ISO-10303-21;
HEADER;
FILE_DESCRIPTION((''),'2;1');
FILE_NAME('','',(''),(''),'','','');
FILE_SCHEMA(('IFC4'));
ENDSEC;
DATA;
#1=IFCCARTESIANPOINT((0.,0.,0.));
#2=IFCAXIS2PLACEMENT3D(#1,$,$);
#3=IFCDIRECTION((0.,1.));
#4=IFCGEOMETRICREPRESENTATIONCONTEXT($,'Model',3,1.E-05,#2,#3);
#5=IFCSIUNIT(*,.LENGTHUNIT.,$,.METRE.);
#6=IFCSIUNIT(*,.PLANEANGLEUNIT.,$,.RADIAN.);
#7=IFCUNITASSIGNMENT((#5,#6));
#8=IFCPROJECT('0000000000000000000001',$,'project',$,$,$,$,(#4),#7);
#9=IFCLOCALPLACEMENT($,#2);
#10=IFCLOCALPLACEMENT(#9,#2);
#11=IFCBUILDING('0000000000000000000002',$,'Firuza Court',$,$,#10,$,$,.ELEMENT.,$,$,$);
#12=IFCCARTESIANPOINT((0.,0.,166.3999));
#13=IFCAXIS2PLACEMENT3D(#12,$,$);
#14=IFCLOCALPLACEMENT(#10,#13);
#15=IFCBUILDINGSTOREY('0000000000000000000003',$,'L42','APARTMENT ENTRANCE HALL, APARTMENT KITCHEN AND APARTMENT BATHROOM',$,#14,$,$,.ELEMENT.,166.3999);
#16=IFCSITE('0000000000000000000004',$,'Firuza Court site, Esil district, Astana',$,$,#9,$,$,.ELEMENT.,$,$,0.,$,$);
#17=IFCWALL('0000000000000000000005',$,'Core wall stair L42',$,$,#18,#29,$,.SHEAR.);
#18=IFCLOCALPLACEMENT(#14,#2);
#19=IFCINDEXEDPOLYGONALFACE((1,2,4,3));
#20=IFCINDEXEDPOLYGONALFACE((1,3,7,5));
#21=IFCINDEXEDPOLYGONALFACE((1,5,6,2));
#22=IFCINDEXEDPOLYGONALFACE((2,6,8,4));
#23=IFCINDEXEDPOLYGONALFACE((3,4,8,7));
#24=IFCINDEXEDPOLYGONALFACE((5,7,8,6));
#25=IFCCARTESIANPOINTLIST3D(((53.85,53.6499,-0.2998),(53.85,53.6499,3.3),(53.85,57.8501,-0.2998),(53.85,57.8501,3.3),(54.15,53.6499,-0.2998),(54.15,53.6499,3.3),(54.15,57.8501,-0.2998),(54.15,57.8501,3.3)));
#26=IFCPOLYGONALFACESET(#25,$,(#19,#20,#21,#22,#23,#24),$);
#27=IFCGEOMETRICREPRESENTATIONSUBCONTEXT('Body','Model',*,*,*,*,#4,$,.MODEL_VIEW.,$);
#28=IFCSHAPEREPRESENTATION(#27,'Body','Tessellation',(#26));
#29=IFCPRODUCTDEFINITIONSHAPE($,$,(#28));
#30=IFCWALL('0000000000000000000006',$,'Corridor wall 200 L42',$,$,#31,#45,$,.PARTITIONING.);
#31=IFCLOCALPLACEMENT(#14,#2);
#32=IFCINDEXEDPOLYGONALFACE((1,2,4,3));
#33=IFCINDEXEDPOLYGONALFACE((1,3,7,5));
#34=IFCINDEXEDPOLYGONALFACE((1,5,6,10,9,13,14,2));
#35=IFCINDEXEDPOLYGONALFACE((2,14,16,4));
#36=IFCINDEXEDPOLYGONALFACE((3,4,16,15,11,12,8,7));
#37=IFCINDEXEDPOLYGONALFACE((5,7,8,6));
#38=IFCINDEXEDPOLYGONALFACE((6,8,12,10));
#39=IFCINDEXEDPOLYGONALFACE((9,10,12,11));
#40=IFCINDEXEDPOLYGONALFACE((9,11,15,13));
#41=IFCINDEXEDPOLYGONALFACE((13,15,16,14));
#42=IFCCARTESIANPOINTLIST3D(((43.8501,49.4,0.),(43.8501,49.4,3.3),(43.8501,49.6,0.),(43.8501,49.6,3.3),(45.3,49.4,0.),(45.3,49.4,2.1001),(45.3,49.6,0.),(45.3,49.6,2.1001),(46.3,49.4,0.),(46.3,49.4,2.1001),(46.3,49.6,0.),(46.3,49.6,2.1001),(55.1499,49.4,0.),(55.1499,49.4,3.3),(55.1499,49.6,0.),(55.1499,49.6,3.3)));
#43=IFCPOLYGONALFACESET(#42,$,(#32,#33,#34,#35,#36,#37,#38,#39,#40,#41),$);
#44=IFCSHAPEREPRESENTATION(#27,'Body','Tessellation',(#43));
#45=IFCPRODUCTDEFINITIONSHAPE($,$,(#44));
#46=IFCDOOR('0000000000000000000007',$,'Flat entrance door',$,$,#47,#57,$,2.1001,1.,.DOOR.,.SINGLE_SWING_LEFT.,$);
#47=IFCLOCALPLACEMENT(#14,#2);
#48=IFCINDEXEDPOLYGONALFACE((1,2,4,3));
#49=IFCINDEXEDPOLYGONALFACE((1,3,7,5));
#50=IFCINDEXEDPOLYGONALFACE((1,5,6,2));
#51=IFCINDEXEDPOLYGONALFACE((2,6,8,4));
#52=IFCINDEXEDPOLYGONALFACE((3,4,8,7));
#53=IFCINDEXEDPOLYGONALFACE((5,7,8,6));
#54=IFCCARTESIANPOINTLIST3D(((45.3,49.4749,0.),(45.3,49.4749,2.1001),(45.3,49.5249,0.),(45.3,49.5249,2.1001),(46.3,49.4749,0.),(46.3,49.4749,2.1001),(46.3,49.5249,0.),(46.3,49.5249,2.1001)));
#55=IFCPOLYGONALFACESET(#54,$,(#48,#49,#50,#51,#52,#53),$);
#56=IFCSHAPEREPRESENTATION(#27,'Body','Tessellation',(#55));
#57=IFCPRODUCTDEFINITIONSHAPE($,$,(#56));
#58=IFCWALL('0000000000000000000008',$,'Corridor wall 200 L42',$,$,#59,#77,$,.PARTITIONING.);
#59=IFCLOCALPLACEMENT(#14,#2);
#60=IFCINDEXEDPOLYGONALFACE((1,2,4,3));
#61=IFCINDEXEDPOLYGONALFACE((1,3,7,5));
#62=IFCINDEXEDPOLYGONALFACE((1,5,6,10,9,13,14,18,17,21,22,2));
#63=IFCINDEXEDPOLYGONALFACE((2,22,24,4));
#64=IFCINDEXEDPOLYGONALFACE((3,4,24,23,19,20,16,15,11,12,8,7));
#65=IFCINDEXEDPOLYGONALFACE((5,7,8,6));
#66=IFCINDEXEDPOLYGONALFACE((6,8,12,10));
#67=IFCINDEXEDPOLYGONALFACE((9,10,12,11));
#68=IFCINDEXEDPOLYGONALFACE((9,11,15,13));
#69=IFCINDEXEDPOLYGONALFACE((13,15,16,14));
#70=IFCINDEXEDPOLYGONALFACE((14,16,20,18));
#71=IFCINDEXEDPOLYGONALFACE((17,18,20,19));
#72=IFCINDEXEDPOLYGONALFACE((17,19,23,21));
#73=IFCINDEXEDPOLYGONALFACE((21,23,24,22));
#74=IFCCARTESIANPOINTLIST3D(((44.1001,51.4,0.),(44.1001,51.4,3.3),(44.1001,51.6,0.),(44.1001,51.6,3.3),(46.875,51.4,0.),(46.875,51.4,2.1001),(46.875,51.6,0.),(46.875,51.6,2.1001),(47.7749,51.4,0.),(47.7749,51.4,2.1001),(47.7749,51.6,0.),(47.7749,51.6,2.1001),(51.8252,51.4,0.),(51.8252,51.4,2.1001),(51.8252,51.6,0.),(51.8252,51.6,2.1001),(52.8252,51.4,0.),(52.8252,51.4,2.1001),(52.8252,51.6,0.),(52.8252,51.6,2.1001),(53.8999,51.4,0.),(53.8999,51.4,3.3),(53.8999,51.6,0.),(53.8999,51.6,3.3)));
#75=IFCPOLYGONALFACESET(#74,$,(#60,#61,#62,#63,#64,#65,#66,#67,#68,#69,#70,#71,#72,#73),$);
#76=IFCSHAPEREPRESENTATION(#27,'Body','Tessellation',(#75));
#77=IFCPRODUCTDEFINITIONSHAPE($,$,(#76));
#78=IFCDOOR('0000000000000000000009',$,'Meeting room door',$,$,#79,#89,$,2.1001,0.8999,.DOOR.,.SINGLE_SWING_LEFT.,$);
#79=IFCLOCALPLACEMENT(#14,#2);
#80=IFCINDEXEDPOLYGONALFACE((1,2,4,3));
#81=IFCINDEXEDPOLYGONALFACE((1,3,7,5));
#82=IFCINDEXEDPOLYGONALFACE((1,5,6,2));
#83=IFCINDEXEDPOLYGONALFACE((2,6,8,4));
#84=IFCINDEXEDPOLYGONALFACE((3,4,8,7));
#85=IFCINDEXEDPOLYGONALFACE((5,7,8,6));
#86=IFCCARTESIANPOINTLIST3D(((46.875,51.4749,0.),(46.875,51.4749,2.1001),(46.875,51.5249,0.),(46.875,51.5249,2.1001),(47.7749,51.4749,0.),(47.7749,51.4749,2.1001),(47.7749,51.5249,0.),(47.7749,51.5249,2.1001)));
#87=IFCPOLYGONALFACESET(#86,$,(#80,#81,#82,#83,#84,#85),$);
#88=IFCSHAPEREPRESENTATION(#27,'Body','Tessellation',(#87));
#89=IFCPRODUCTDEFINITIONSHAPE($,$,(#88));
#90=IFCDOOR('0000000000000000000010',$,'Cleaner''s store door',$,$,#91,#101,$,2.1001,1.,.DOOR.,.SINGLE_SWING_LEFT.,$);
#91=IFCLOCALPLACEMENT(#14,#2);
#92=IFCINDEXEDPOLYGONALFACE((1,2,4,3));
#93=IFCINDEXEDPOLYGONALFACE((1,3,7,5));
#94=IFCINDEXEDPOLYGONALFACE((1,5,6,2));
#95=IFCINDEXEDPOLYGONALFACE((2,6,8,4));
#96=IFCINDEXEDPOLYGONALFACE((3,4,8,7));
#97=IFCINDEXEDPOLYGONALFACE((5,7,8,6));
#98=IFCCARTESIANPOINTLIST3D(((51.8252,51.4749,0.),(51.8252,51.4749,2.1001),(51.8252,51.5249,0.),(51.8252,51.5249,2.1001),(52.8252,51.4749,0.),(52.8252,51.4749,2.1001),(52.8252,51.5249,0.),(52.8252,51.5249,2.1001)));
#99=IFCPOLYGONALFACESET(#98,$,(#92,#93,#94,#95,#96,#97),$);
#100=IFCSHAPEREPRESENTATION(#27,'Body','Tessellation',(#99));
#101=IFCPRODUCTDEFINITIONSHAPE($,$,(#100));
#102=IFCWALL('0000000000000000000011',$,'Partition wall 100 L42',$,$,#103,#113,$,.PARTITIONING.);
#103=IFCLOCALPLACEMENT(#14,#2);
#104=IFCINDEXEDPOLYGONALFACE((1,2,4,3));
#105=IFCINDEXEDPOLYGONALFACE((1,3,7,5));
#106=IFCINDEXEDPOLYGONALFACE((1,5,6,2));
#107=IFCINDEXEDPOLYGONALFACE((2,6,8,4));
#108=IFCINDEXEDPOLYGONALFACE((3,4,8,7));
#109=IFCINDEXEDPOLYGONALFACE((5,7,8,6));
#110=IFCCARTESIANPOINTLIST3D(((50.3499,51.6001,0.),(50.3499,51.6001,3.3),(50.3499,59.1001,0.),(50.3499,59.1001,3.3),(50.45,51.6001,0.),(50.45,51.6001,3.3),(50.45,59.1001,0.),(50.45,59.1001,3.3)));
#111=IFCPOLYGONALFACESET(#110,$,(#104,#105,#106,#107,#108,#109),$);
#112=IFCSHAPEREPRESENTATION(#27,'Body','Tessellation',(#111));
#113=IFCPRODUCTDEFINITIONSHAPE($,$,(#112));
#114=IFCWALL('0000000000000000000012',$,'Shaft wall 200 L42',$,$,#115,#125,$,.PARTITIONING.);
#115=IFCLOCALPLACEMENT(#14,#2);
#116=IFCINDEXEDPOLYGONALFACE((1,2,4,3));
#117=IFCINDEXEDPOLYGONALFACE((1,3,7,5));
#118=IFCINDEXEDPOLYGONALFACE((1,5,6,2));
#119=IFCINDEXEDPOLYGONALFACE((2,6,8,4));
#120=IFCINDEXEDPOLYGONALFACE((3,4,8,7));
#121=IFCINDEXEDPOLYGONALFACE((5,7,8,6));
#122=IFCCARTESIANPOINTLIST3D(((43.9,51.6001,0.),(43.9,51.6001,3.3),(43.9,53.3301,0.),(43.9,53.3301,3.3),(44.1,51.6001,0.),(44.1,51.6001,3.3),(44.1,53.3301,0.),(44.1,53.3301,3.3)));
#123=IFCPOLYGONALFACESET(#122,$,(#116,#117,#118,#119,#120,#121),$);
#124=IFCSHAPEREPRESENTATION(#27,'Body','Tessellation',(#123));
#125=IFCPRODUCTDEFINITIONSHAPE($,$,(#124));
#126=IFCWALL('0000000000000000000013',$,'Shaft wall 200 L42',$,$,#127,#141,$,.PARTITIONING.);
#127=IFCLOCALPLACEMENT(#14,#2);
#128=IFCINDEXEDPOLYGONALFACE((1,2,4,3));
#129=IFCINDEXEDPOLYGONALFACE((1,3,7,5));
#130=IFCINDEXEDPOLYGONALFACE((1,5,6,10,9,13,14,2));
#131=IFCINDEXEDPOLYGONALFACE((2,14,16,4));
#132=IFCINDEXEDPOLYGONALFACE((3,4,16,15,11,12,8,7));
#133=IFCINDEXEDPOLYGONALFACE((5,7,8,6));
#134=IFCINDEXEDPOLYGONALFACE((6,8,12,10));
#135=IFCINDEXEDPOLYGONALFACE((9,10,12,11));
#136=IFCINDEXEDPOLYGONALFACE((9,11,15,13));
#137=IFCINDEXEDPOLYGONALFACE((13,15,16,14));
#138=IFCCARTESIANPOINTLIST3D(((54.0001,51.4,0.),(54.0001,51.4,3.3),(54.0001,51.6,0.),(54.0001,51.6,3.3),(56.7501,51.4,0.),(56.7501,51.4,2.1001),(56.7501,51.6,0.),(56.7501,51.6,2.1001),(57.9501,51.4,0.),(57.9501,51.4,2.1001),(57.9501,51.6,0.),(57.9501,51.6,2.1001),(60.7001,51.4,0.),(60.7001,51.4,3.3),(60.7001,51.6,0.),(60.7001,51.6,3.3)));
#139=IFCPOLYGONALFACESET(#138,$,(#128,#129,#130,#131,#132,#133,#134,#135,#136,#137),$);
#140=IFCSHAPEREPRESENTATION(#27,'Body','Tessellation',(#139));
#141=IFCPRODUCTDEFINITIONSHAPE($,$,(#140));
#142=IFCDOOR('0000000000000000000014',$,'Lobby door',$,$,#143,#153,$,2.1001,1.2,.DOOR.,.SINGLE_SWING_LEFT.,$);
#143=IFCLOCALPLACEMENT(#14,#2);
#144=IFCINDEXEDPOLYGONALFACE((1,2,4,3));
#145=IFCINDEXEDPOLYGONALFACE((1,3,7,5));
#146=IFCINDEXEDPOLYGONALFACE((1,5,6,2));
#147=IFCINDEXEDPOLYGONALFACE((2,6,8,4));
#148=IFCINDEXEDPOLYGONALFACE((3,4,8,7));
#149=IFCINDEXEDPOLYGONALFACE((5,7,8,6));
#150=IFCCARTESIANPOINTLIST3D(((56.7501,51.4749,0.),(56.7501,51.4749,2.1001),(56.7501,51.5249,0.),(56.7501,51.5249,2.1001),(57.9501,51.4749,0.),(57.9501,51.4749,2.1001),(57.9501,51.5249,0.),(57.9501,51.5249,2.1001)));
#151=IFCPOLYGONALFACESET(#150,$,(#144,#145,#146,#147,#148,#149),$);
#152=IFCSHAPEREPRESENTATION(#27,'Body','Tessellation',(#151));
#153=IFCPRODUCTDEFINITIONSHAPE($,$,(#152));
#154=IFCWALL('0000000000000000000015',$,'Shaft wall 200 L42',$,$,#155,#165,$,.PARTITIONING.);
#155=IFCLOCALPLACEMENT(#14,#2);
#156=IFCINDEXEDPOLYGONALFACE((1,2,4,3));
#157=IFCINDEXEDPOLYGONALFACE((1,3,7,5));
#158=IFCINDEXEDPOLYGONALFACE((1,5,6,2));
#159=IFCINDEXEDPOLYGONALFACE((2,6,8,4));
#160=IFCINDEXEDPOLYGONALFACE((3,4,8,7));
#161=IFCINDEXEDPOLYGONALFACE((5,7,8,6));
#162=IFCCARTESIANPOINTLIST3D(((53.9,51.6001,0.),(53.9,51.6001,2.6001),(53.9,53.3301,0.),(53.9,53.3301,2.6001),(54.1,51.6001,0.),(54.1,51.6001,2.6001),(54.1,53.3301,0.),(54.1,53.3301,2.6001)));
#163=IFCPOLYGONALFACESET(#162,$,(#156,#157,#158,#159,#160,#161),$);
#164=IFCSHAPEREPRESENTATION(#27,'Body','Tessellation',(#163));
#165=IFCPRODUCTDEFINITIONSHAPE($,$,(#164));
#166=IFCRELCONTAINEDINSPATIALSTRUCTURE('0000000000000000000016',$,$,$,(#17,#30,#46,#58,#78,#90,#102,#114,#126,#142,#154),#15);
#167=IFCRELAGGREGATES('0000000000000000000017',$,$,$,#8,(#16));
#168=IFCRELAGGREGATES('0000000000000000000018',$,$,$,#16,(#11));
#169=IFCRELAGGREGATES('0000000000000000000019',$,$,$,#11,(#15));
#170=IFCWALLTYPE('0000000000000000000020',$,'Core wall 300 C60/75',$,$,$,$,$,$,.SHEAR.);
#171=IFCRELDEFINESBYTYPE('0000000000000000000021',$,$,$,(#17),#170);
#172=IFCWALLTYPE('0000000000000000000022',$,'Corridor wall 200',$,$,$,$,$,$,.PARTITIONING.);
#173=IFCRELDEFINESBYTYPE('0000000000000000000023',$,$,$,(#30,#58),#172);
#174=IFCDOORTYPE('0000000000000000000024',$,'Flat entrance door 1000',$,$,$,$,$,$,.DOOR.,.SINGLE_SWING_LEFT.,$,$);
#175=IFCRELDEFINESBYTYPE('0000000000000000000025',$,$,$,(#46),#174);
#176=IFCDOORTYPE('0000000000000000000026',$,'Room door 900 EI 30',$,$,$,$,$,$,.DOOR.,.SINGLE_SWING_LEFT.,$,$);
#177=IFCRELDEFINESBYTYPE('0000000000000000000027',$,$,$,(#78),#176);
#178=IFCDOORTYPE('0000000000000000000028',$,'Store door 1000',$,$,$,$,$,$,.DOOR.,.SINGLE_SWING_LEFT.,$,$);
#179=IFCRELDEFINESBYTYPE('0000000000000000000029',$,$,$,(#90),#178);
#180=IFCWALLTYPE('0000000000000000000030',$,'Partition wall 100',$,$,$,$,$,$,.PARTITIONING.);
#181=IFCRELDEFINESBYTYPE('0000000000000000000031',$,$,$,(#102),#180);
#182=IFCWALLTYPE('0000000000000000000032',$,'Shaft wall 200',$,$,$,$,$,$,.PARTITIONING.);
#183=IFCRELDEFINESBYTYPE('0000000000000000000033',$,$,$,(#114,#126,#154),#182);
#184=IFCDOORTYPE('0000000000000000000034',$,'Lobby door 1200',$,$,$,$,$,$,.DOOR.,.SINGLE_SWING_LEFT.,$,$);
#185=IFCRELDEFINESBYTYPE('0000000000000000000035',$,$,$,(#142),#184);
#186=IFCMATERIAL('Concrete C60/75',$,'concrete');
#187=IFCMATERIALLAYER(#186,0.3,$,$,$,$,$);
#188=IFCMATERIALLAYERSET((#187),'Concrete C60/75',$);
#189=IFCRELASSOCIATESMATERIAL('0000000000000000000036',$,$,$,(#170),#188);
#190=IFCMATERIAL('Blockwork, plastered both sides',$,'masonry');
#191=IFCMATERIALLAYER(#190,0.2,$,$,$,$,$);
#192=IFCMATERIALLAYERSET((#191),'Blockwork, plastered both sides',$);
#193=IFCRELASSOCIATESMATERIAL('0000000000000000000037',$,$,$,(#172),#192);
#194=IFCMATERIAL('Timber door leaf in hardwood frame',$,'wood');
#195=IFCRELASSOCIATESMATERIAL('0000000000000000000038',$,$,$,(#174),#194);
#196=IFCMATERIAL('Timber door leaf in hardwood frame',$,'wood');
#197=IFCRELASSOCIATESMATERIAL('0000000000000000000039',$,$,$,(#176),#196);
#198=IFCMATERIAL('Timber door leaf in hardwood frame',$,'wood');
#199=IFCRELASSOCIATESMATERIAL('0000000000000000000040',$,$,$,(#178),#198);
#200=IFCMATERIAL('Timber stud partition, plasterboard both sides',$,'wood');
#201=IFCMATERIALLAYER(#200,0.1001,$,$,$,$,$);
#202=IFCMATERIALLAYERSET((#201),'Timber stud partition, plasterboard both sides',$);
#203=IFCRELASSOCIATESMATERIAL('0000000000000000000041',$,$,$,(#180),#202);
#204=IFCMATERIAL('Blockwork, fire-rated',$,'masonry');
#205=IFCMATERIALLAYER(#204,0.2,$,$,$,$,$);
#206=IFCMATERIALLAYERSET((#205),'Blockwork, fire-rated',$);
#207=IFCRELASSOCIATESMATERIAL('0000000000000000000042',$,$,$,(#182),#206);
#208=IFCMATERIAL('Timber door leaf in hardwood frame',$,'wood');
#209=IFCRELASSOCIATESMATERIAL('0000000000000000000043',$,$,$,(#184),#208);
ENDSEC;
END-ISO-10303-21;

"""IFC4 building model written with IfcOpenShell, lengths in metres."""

from ifc_helpers import new_model, si_unit, direction, frame, frame_2d, origin, place, context, subcontext, project, spatial, rectangle, extrude, material, layer, layer_set, type_object, element, fill, save


model = new_model("IFC4")

# Units and contexts
model_context = context("Model", 3, precision=1e-05, world=origin(), true_north=direction((0.0, 1.0)))
body_context = subcontext(model_context, "Body", "Model", "MODEL_VIEW")
ifc_project = project(units=[si_unit("LENGTHUNIT", "METRE"), si_unit("PLANEANGLEUNIT", "RADIAN")], contexts=[model_context])

# Site, building, storey
site_placement = place(None, origin())
site = spatial("IfcSite", under=ifc_project, at=site_placement, Name="Firuza Court site, Esil district, Astana", CompositionType="ELEMENT", RefElevation=0.0)
building_placement = place(site_placement, origin())
building = spatial("IfcBuilding", under=site, at=building_placement, Name="Firuza Court", CompositionType="ELEMENT")
storey_placement = place(building_placement, frame((0.0, 0.0, 166.3999)))
storey = spatial("IfcBuildingStorey", under=building, at=storey_placement, Name="L42", Description="APARTMENT ENTRANCE HALL, APARTMENT KITCHEN AND APARTMENT BATHROOM", CompositionType="ELEMENT", Elevation=166.3999)

# Shared definitions
ifc_material_1 = material(Name="Concrete C60/75", Category="concrete")
ifc_layer_1 = layer(ifc_material_1, 0.3)
ifc_layer_set_1 = layer_set([ifc_layer_1], Name="Concrete C60/75")
wall_type_1 = type_object("IfcWallType", Name="Core wall 300 C60/75", PredefinedType="SHEAR", material=ifc_layer_set_1)

# Wall
wall_1_placement = place(storey_placement, frame((54.0, 53.6499, -0.2998), z_axis=(0.0, 0.0, 1.0), x_axis=(0.0, 1.0, 0.0)))
element("IfcWall", 1, at=wall_1_placement, inside=storey, type_object=wall_type_1, Name="Core wall stair L42", PredefinedType="SHEAR", context=body_context, shape_type="SweptSolid", body=[
    extrude(rectangle(XDim=4.2002, YDim=0.3, at=frame_2d((2.1001, 0.0))), origin(), (0.0, 0.0, 1.0), 3.5999),
])

# Wall, opening, door
ifc_material_2 = material(Name="Blockwork, plastered both sides", Category="masonry")
ifc_layer_2 = layer(ifc_material_2, 0.2)
ifc_layer_set_2 = layer_set([ifc_layer_2], Name="Blockwork, plastered both sides")
wall_type_2 = type_object("IfcWallType", Name="Corridor wall 200", PredefinedType="PARTITIONING", material=ifc_layer_set_2)
wall_2_placement = place(storey_placement, frame((43.8501, 49.5, 0.0), z_axis=(0.0, 0.0, 1.0), x_axis=(1.0, 0.0, 0.0)))
wall_2 = element("IfcWall", 2, at=wall_2_placement, inside=storey, type_object=wall_type_2, Name="Corridor wall 200 L42", PredefinedType="PARTITIONING", context=body_context, shape_type="SweptSolid", body=[
    extrude(rectangle(XDim=11.2998, YDim=0.2, at=frame_2d((5.6499, 0.0))), origin(), (0.0, 0.0, 1.0), 3.3),
])
opening_1_placement = place(wall_2_placement, frame((1.45, 0.0, 0.0)))
opening_1 = element("IfcOpeningElement", 3, at=opening_1_placement, cuts=wall_2, PredefinedType="OPENING", context=body_context, shape_type="SweptSolid", body=[
    extrude(rectangle(XDim=1.0, YDim=2.1001, at=frame_2d((0.5, 1.05))), frame((0.0, 0.1118, 0.0), z_axis=(0.0, -1.0, 0.0), x_axis=(1.0, 0.0, 0.0)), (0.0, 0.0, 1.0), 0.2239),
])
ifc_material_3 = material(Name="Timber door leaf in hardwood frame", Category="wood")
door_type_1 = type_object("IfcDoorType", Name="Flat entrance door 1000", OperationType="SINGLE_SWING_LEFT", PredefinedType="DOOR", material=ifc_material_3)
door_1_placement = place(opening_1_placement, origin())
door_1 = element("IfcDoor", 4, at=door_1_placement, inside=storey, type_object=door_type_1, Name="Flat entrance door", OperationType="SINGLE_SWING_LEFT", OverallHeight=2.1001, OverallWidth=1.0, PredefinedType="DOOR", context=body_context, shape_type="SweptSolid", body=[
    extrude(rectangle(XDim=1.0, YDim=2.1001, at=frame_2d((0.5, 1.05))), frame((0.0, 0.0249, 0.0), z_axis=(0.0, -1.0, 0.0), x_axis=(1.0, 0.0, 0.0)), (0.0, 0.0, 1.0), 0.05),
])
fill(opening_1, door_1)

# Wall, openings, doors
wall_3_placement = place(storey_placement, frame((44.1001, 51.5, 0.0), z_axis=(0.0, 0.0, 1.0), x_axis=(1.0, 0.0, 0.0)))
wall_3 = element("IfcWall", 5, at=wall_3_placement, inside=storey, type_object=wall_type_2, Name="Corridor wall 200 L42", PredefinedType="PARTITIONING", context=body_context, shape_type="SweptSolid", body=[
    extrude(rectangle(XDim=9.7998, YDim=0.2, at=frame_2d((4.8999, 0.0))), origin(), (0.0, 0.0, 1.0), 3.3),
])
opening_2_placement = place(wall_3_placement, frame((2.7749, 0.0, 0.0)))
opening_2 = element("IfcOpeningElement", 6, at=opening_2_placement, cuts=wall_3, PredefinedType="OPENING", context=body_context, shape_type="SweptSolid", body=[
    extrude(rectangle(XDim=0.8999, YDim=2.1001, at=frame_2d((0.45, 1.05))), frame((0.0, 0.1118, 0.0), z_axis=(0.0, -1.0, 0.0), x_axis=(1.0, 0.0, 0.0)), (0.0, 0.0, 1.0), 0.2239),
])
opening_3_placement = place(wall_3_placement, frame((7.7251, 0.0, 0.0)))
opening_3 = element("IfcOpeningElement", 7, at=opening_3_placement, cuts=wall_3, PredefinedType="OPENING", context=body_context, shape_type="SweptSolid", body=[
    extrude(rectangle(XDim=1.0, YDim=2.1001, at=frame_2d((0.5, 1.05))), frame((0.0, 0.1118, 0.0), z_axis=(0.0, -1.0, 0.0), x_axis=(1.0, 0.0, 0.0)), (0.0, 0.0, 1.0), 0.2239),
])
ifc_material_4 = material(Name="Timber door leaf in hardwood frame", Category="wood")
door_type_2 = type_object("IfcDoorType", Name="Room door 900 EI 30", OperationType="SINGLE_SWING_LEFT", PredefinedType="DOOR", material=ifc_material_4)
door_2_placement = place(opening_2_placement, origin())
door_2 = element("IfcDoor", 8, at=door_2_placement, inside=storey, type_object=door_type_2, Name="Meeting room door", OperationType="SINGLE_SWING_LEFT", OverallHeight=2.1001, OverallWidth=0.8999, PredefinedType="DOOR", context=body_context, shape_type="SweptSolid", body=[
    extrude(rectangle(XDim=0.8999, YDim=2.1001, at=frame_2d((0.45, 1.05))), frame((0.0, 0.0249, 0.0), z_axis=(0.0, -1.0, 0.0), x_axis=(1.0, 0.0, 0.0)), (0.0, 0.0, 1.0), 0.05),
])
fill(opening_2, door_2)
ifc_material_5 = material(Name="Timber door leaf in hardwood frame", Category="wood")
door_type_3 = type_object("IfcDoorType", Name="Store door 1000", OperationType="SINGLE_SWING_LEFT", PredefinedType="DOOR", material=ifc_material_5)
door_3_placement = place(opening_3_placement, origin())
door_3 = element("IfcDoor", 9, at=door_3_placement, inside=storey, type_object=door_type_3, Name="Cleaner's store door", OperationType="SINGLE_SWING_LEFT", OverallHeight=2.1001, OverallWidth=1.0, PredefinedType="DOOR", context=body_context, shape_type="SweptSolid", body=[
    extrude(rectangle(XDim=1.0, YDim=2.1001, at=frame_2d((0.5, 1.05))), frame((0.0, 0.0249, 0.0), z_axis=(0.0, -1.0, 0.0), x_axis=(1.0, 0.0, 0.0)), (0.0, 0.0, 1.0), 0.05),
])
fill(opening_3, door_3)

# Walls
ifc_material_6 = material(Name="Timber stud partition, plasterboard both sides", Category="wood")
ifc_layer_3 = layer(ifc_material_6, 0.1001)
ifc_layer_set_3 = layer_set([ifc_layer_3], Name="Timber stud partition, plasterboard both sides")
wall_type_3 = type_object("IfcWallType", Name="Partition wall 100", PredefinedType="PARTITIONING", material=ifc_layer_set_3)
wall_4_placement = place(storey_placement, frame((50.3999, 51.6001, 0.0), z_axis=(0.0, 0.0, 1.0), x_axis=(0.0, 1.0, 0.0)))
element("IfcWall", 10, at=wall_4_placement, inside=storey, type_object=wall_type_3, Name="Partition wall 100 L42", PredefinedType="PARTITIONING", context=body_context, shape_type="SweptSolid", body=[
    extrude(rectangle(XDim=7.5, YDim=0.1001, at=frame_2d((3.75, 0.0))), origin(), (0.0, 0.0, 1.0), 3.3),
])
ifc_material_7 = material(Name="Blockwork, fire-rated", Category="masonry")
ifc_layer_4 = layer(ifc_material_7, 0.2)
ifc_layer_set_4 = layer_set([ifc_layer_4], Name="Blockwork, fire-rated")
wall_type_4 = type_object("IfcWallType", Name="Shaft wall 200", PredefinedType="PARTITIONING", material=ifc_layer_set_4)
wall_5_placement = place(storey_placement, frame((44.0, 51.6001, 0.0), z_axis=(0.0, 0.0, 1.0), x_axis=(0.0, 1.0, 0.0)))
element("IfcWall", 11, at=wall_5_placement, inside=storey, type_object=wall_type_4, Name="Shaft wall 200 L42", PredefinedType="PARTITIONING", context=body_context, shape_type="SweptSolid", body=[
    extrude(rectangle(XDim=1.73, YDim=0.2, at=frame_2d((0.865, 0.0))), origin(), (0.0, 0.0, 1.0), 3.3),
])

# Wall, opening, door
wall_6_placement = place(storey_placement, frame((54.0, 51.5, 0.0), z_axis=(0.0, 0.0, 1.0), x_axis=(1.0, 0.0, 0.0)))
wall_6 = element("IfcWall", 12, at=wall_6_placement, inside=storey, type_object=wall_type_4, Name="Shaft wall 200 L42", PredefinedType="PARTITIONING", context=body_context, shape_type="SweptSolid", body=[
    extrude(rectangle(XDim=6.7, YDim=0.2, at=frame_2d((3.3501, 0.0))), origin(), (0.0, 0.0, 1.0), 3.3),
])
opening_4_placement = place(wall_6_placement, frame((2.75, 0.0, 0.0)))
opening_4 = element("IfcOpeningElement", 13, at=opening_4_placement, cuts=wall_6, PredefinedType="OPENING", context=body_context, shape_type="SweptSolid", body=[
    extrude(rectangle(XDim=1.2, YDim=2.1001, at=frame_2d((0.6001, 1.05))), frame((0.0, 0.1118, 0.0), z_axis=(0.0, -1.0, 0.0), x_axis=(1.0, 0.0, 0.0)), (0.0, 0.0, 1.0), 0.2239),
])
ifc_material_8 = material(Name="Timber door leaf in hardwood frame", Category="wood")
door_type_4 = type_object("IfcDoorType", Name="Lobby door 1200", OperationType="SINGLE_SWING_LEFT", PredefinedType="DOOR", material=ifc_material_8)
door_4_placement = place(opening_4_placement, origin())
door_4 = element("IfcDoor", 14, at=door_4_placement, inside=storey, type_object=door_type_4, Name="Lobby door", OperationType="SINGLE_SWING_LEFT", OverallHeight=2.1001, OverallWidth=1.2, PredefinedType="DOOR", context=body_context, shape_type="SweptSolid", body=[
    extrude(rectangle(XDim=1.2, YDim=2.1001, at=frame_2d((0.6001, 1.05))), frame((0.0, 0.0249, 0.0), z_axis=(0.0, -1.0, 0.0), x_axis=(1.0, 0.0, 0.0)), (0.0, 0.0, 1.0), 0.05),
])
fill(opening_4, door_4)

# Wall
wall_7_placement = place(storey_placement, frame((54.0, 51.6001, 0.0), z_axis=(0.0, 0.0, 1.0), x_axis=(0.0, 1.0, 0.0)))
element("IfcWall", 15, at=wall_7_placement, inside=storey, type_object=wall_type_4, Name="Shaft wall 200 L42", PredefinedType="PARTITIONING", context=body_context, shape_type="SweptSolid", body=[
    extrude(rectangle(XDim=1.73, YDim=0.2, at=frame_2d((0.865, 0.0))), origin(), (0.0, 0.0, 1.0), 2.6001),
])

save(model, "model.ifc")
